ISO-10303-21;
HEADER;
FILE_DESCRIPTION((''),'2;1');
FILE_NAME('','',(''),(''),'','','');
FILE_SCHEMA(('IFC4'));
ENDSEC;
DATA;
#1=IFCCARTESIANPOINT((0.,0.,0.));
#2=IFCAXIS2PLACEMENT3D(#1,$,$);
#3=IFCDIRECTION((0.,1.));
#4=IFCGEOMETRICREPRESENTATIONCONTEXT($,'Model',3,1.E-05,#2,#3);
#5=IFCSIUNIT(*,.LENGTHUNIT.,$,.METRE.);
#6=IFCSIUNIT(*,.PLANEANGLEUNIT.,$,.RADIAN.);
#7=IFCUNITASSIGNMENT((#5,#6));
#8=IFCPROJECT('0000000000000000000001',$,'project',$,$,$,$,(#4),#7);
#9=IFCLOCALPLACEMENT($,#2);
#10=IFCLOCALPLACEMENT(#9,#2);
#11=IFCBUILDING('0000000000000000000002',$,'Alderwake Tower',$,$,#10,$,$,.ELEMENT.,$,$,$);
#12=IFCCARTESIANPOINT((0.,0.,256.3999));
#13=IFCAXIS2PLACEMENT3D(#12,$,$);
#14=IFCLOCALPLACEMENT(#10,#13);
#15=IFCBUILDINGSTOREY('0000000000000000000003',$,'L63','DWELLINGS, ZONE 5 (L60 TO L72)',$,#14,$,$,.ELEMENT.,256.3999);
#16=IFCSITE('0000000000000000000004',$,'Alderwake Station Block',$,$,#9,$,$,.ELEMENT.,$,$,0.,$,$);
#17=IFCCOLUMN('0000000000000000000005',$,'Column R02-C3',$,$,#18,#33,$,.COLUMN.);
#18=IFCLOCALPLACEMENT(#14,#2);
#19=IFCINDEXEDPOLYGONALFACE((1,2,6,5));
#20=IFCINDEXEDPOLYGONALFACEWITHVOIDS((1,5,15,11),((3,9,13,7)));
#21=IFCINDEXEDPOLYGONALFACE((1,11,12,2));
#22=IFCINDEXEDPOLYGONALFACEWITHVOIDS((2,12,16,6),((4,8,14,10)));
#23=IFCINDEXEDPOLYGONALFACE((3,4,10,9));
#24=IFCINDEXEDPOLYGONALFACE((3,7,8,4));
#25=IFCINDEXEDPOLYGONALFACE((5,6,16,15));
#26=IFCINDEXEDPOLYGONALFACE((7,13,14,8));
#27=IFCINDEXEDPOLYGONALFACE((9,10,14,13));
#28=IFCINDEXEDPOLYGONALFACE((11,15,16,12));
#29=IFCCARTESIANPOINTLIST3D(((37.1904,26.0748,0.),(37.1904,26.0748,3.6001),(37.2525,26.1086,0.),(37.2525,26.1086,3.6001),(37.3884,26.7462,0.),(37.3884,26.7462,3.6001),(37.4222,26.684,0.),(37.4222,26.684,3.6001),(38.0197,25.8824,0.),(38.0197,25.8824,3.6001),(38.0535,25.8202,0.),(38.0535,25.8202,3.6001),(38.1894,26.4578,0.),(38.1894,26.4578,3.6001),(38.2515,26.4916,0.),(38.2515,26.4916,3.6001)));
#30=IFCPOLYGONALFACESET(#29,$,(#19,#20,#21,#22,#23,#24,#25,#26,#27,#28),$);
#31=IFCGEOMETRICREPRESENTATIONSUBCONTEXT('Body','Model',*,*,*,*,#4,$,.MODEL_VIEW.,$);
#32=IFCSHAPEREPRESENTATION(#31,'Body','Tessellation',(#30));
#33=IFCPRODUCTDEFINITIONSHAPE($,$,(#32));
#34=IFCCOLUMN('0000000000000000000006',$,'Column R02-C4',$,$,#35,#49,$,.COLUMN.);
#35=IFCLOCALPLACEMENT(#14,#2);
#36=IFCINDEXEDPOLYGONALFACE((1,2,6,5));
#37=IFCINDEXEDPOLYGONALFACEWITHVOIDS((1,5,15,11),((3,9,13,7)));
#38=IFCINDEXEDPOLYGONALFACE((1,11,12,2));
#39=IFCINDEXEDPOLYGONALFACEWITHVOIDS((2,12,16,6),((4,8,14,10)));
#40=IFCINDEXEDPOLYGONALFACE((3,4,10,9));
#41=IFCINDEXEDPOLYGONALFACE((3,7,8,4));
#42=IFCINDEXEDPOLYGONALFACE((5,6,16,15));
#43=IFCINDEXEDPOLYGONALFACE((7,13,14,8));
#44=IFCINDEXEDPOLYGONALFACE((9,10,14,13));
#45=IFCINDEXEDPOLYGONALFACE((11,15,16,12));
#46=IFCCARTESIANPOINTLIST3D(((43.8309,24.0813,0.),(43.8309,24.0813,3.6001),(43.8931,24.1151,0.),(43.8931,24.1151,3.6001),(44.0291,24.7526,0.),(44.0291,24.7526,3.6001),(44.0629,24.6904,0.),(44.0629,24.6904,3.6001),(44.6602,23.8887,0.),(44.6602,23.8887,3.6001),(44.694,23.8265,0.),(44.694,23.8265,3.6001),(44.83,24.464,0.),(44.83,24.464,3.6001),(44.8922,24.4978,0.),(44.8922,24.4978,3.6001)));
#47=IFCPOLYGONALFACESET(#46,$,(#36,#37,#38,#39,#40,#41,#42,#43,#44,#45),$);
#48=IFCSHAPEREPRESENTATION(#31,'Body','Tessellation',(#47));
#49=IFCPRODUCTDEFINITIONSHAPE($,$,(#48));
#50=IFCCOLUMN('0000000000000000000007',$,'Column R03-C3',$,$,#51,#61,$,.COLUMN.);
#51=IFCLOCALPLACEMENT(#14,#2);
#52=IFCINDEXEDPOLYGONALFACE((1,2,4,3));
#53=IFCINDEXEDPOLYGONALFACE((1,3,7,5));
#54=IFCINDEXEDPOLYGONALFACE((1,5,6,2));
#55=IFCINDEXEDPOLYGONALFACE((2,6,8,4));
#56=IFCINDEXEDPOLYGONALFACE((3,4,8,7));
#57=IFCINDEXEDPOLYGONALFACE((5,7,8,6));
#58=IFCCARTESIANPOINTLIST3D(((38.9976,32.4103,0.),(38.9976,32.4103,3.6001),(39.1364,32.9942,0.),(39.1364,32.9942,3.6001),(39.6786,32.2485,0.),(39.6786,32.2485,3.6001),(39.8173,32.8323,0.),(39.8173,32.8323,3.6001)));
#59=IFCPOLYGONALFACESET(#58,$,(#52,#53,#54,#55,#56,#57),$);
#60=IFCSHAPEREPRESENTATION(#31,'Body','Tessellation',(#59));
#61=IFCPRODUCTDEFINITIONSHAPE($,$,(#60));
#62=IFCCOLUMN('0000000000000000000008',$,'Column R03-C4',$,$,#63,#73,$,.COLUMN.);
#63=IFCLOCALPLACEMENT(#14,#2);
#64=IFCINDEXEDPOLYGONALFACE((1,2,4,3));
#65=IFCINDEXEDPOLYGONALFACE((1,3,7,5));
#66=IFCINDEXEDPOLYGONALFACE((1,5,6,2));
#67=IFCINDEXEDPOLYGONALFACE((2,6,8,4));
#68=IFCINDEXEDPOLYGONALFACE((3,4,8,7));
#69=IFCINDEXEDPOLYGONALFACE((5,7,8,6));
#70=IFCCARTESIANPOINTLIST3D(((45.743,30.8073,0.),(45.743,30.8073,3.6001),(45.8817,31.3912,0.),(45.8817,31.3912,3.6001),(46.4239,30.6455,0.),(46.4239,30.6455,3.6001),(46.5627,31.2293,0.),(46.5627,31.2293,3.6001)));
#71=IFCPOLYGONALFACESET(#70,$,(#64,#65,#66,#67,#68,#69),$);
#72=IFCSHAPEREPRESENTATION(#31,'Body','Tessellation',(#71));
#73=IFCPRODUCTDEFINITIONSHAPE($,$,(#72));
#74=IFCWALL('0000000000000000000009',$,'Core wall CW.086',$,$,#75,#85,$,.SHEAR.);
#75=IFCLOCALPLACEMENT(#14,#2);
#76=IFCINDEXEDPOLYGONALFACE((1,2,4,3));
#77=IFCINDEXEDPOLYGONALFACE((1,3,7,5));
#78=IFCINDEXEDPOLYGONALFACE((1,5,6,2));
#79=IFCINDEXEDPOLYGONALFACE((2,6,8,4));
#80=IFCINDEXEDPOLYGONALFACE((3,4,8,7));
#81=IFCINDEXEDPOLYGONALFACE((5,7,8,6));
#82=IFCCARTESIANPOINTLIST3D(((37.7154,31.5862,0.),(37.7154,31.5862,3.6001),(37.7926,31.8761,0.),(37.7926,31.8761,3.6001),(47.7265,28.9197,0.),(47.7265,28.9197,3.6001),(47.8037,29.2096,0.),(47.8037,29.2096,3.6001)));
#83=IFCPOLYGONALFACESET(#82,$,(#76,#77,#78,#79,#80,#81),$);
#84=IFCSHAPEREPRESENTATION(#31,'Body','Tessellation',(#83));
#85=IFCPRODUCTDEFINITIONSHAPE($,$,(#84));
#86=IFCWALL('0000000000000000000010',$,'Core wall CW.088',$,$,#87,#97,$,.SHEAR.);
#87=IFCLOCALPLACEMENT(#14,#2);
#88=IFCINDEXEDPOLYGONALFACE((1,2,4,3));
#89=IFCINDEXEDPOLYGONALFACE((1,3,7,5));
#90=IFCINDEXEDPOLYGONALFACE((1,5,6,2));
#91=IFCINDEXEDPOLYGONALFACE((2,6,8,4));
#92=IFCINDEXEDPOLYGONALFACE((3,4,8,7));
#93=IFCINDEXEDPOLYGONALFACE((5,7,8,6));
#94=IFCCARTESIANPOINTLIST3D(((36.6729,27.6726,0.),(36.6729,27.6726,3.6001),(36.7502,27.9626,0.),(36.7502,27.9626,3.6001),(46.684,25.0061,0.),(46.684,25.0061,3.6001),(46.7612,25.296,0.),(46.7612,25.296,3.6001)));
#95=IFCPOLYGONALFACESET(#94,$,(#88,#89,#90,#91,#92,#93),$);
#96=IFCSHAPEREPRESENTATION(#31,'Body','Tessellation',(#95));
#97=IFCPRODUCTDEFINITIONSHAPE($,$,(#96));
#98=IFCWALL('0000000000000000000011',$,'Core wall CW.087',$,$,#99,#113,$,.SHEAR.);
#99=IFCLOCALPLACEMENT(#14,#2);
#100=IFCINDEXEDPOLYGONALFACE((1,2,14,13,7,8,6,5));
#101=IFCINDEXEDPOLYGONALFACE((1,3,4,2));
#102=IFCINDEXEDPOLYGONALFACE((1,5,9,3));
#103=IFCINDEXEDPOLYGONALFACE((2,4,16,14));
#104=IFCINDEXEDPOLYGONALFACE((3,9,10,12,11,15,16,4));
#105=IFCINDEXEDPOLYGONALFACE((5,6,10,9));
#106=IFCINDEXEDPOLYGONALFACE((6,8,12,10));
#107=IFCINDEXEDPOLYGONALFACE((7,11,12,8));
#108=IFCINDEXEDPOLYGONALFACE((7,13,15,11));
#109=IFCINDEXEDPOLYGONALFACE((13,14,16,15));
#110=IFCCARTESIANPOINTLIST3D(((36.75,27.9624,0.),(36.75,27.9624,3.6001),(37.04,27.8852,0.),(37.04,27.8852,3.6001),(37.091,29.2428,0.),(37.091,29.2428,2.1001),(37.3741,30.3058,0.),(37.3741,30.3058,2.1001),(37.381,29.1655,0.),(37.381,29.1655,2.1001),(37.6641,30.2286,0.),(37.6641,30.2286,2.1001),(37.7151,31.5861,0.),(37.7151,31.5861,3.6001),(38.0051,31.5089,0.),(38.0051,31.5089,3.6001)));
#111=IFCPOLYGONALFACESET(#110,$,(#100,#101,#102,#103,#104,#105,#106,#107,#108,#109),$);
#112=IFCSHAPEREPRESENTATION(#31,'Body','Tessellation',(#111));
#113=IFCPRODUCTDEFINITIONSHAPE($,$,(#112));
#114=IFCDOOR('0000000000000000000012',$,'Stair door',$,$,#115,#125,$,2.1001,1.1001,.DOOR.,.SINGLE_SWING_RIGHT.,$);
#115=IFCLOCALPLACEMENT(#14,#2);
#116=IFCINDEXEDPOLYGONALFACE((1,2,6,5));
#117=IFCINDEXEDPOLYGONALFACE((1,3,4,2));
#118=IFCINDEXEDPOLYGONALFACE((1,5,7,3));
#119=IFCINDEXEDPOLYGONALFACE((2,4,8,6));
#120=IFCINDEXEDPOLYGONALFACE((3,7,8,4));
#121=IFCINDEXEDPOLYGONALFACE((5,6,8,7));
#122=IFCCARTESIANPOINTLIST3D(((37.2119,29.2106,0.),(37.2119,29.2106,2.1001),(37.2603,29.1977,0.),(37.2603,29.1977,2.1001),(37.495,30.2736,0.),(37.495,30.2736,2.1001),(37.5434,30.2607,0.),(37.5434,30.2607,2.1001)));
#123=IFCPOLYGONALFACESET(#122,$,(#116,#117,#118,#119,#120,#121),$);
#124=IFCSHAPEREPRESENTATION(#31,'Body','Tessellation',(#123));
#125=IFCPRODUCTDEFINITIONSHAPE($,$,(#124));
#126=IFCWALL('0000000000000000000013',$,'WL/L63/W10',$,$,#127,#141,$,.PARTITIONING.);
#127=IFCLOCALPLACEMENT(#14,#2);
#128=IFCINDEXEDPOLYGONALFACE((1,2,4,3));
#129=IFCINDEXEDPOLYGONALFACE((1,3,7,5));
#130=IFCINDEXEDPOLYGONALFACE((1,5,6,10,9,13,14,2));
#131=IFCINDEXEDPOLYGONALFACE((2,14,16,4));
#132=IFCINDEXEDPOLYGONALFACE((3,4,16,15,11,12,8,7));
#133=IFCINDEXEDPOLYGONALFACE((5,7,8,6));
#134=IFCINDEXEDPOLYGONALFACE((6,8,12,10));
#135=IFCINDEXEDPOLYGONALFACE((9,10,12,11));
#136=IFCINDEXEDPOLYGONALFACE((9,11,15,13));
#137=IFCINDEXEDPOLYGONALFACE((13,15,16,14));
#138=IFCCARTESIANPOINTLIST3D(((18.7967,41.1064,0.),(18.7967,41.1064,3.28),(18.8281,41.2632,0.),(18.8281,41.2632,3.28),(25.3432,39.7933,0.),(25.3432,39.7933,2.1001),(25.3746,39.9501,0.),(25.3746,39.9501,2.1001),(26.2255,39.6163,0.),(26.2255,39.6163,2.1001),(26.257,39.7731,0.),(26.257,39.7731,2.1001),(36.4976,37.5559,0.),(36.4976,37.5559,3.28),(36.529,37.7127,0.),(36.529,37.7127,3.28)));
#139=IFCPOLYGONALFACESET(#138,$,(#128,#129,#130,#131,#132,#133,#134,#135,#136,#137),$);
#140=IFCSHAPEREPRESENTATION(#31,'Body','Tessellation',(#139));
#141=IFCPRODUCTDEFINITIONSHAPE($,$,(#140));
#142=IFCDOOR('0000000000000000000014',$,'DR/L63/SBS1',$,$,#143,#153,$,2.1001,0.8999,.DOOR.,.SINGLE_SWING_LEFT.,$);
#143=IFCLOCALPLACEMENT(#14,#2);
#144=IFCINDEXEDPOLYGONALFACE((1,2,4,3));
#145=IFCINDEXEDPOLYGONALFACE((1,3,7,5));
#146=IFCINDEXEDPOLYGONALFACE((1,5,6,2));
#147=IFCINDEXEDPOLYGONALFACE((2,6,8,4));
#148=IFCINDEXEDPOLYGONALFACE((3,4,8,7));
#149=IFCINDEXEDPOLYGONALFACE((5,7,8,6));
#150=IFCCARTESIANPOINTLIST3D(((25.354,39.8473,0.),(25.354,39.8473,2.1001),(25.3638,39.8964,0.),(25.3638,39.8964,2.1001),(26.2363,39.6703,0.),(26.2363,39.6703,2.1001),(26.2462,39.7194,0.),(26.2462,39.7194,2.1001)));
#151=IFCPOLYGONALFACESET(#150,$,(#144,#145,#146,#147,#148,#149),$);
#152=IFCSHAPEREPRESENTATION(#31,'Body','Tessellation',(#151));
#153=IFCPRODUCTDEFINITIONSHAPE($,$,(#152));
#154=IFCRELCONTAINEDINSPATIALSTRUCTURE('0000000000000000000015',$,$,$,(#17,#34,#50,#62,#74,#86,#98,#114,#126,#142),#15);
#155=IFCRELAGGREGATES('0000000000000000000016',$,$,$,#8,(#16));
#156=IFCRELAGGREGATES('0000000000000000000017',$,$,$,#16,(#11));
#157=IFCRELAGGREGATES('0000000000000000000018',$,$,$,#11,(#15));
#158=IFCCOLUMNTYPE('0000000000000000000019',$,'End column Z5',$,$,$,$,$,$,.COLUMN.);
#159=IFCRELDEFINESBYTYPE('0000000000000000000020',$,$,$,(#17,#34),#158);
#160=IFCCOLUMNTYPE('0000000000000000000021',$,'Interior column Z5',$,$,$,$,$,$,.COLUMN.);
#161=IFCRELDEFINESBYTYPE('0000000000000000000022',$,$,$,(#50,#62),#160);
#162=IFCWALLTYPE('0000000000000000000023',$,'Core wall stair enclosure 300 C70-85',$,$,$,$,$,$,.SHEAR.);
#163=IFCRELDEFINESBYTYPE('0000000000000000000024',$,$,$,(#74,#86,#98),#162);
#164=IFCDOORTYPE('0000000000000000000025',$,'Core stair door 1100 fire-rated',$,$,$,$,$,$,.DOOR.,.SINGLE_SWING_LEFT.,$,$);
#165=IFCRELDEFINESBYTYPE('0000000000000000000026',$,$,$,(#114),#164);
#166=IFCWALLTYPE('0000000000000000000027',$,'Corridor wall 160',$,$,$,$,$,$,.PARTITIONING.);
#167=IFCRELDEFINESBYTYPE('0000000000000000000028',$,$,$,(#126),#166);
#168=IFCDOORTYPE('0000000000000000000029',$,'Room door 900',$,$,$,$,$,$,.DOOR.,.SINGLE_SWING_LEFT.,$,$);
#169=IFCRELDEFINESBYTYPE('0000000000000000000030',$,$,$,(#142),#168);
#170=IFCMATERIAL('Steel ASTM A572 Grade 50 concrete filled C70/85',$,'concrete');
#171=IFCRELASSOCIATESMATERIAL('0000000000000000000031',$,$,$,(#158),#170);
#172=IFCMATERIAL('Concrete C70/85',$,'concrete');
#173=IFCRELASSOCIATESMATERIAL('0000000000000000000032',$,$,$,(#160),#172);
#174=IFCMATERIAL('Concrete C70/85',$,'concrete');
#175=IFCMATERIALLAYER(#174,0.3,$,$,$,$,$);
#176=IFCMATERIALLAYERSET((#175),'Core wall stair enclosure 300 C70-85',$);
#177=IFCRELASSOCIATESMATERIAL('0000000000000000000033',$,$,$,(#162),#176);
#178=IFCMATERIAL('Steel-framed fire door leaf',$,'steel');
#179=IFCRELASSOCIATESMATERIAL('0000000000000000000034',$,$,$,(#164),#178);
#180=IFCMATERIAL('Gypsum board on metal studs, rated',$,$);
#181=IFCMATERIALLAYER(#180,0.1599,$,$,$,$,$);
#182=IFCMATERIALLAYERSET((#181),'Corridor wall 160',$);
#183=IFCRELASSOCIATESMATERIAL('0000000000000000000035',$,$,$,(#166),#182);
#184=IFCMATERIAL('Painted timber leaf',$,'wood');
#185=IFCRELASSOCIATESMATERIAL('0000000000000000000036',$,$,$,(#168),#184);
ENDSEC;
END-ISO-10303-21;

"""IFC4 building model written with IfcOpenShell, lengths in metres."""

from ifc_helpers import new_model, si_unit, direction, frame, frame_2d, origin, origin_2d, place, context, subcontext, project, spatial, rectangle, hollow_rectangle, extrude, material, layer, layer_set, material_profile, profile_set, type_object, element, fill, save


model = new_model("IFC4")

# Units and contexts
model_context = context("Model", 3, precision=1e-05, world=origin(), true_north=direction((0.0, 1.0)))
body_context = subcontext(model_context, "Body", "Model", "MODEL_VIEW")
ifc_project = project(units=[si_unit("LENGTHUNIT", "METRE"), si_unit("PLANEANGLEUNIT", "RADIAN")], contexts=[model_context])

# Site, building, storey
site_placement = place(None, origin())
site = spatial("IfcSite", under=ifc_project, at=site_placement, Name="Alderwake Station Block", CompositionType="ELEMENT", RefElevation=0.0)
building_placement = place(site_placement, origin())
building = spatial("IfcBuilding", under=site, at=building_placement, Name="Alderwake Tower", CompositionType="ELEMENT")
storey_placement = place(building_placement, frame((0.0, 0.0, 256.3999)))
storey = spatial("IfcBuildingStorey", under=building, at=storey_placement, Name="L63", Description="DWELLINGS, ZONE 5 (L60 TO L72)", CompositionType="ELEMENT", Elevation=256.3999)

# Columns
ifc_material_1 = material(Name="Steel ASTM A572 Grade 50 concrete filled C70/85", Category="concrete")
ifc_material_profile_1 = material_profile(ifc_material_1, hollow_rectangle(XDim=0.7, YDim=0.8999, WallThickness=0.05, at=origin_2d()), Name="BOX 900X700X50")
ifc_profile_set_1 = profile_set([ifc_material_profile_1], Name="Steel ASTM A572 Grade 50 concrete filled C70/85")
column_type_1 = type_object("IfcColumnType", Name="End column Z5", PredefinedType="COLUMN", material=ifc_profile_set_1)
for number, where, z_axis, x_axis, name in (
    (1, (37.7209, 26.2832, 0.0), (0.0, 0.0, 1.0), (0.282862, 0.959161, 0.0), "Column R02-C3"),
    (2, (44.3616, 24.2896, 0.0), (0.0, 0.0, 1.0), (0.283115, 0.959086, 0.0), "Column R02-C4"),
):
    element("IfcColumn", number, at=place(storey_placement, frame(where, z_axis=z_axis, x_axis=x_axis)), inside=storey, type_object=column_type_1, Name=name, PredefinedType="COLUMN", context=body_context, shape_type="SweptSolid", body=[
        extrude(hollow_rectangle(XDim=0.7, YDim=0.8999, WallThickness=0.05, at=origin_2d()), origin(), (0.0, 0.0, 1.0), 3.6001),
    ])
ifc_material_2 = material(Name="Concrete C70/85", Category="concrete")
ifc_material_profile_2 = material_profile(ifc_material_2, rectangle(XDim=0.6001, YDim=0.7, at=origin_2d()), Name="RC 700X600")
ifc_profile_set_2 = profile_set([ifc_material_profile_2], Name="Concrete C70/85")
column_type_2 = type_object("IfcColumnType", Name="Interior column Z5", PredefinedType="COLUMN", material=ifc_profile_set_2)
for number, where, z_axis, x_axis, name in (
    (3, (39.4075, 32.6213, 0.0), (0.0, 0.0, 1.0), (0.231222, 0.972901, 0.0), "Column R03-C3"),
    (4, (46.1528, 31.0183, 0.0), (0.0, 0.0, 1.0), (0.231222, 0.972901, 0.0), "Column R03-C4"),
):
    element("IfcColumn", number, at=place(storey_placement, frame(where, z_axis=z_axis, x_axis=x_axis)), inside=storey, type_object=column_type_2, Name=name, PredefinedType="COLUMN", context=body_context, shape_type="SweptSolid", body=[
        extrude(rectangle(XDim=0.6001, YDim=0.7, at=origin_2d()), origin(), (0.0, 0.0, 1.0), 3.6001),
    ])

# Walls
ifc_material_3 = material(Name="Concrete C70/85", Category="concrete")
ifc_layer_1 = layer(ifc_material_3, 0.3)
ifc_layer_set_1 = layer_set([ifc_layer_1], Name="Core wall stair enclosure 300 C70-85")
wall_type_1 = type_object("IfcWallType", Name="Core wall stair enclosure 300 C70-85", PredefinedType="SHEAR", material=ifc_layer_set_1)
for number, where, z_axis, x_axis, name in (
    (5, (37.7539, 31.7312, 0.0), (0.0, 0.0, 1.0), (0.966309, -0.257384, 0.0), "Core wall CW.086"),
    (6, (36.7114, 27.8176, 0.0), (0.0, 0.0, 1.0), (0.966309, -0.257384, 0.0), "Core wall CW.088"),
):
    element("IfcWall", number, at=place(storey_placement, frame(where, z_axis=z_axis, x_axis=x_axis)), inside=storey, type_object=wall_type_1, Name=name, PredefinedType="SHEAR", context=body_context, shape_type="SweptSolid", body=[
        extrude(rectangle(XDim=10.3601, YDim=0.3, at=frame_2d((5.1802, 0.0))), origin(), (0.0, 0.0, 1.0), 3.6001),
    ])

# Walls, openings, doors
wall_1_placement = place(storey_placement, frame((36.895, 27.9238, 0.0), z_axis=(0.0, 0.0, 1.0), x_axis=(0.257351, 0.966318, 0.0)))
wall_1 = element("IfcWall", 7, at=wall_1_placement, inside=storey, type_object=wall_type_1, Name="Core wall CW.087", PredefinedType="SHEAR", context=body_context, shape_type="SweptSolid", body=[
    extrude(rectangle(XDim=3.75, YDim=0.3, at=frame_2d((1.875, 0.0))), origin(), (0.0, 0.0, 1.0), 3.6001),
])
opening_1_placement = place(wall_1_placement, frame((1.325, 0.0, 0.0)))
opening_1 = element("IfcOpeningElement", 8, at=opening_1_placement, cuts=wall_1, PredefinedType="OPENING", context=body_context, shape_type="SweptSolid", body=[
    extrude(rectangle(XDim=1.1001, YDim=2.1001, at=frame_2d((0.55, 1.05))), frame((0.0, 0.1599, 0.0), z_axis=(0.0, -1.0, 0.0), x_axis=(1.0, 0.0, 0.0)), (0.0, 0.0, 1.0), 0.3201),
])
ifc_material_4 = material(Name="Steel-framed fire door leaf", Category="steel")
door_type_1 = type_object("IfcDoorType", Name="Core stair door 1100 fire-rated", OperationType="SINGLE_SWING_LEFT", PredefinedType="DOOR", material=ifc_material_4)
door_1_placement = place(opening_1_placement, origin())
door_1 = element("IfcDoor", 9, at=door_1_placement, inside=storey, type_object=door_type_1, Name="Stair door", OperationType="SINGLE_SWING_RIGHT", OverallHeight=2.1001, OverallWidth=1.1001, PredefinedType="DOOR", context=body_context, shape_type="SweptSolid", body=[
    extrude(rectangle(XDim=1.1001, YDim=2.1001, at=frame_2d((0.55, 1.05))), frame((0.0, 0.0249, 0.0), z_axis=(0.0, -1.0, 0.0), x_axis=(1.0, 0.0, 0.0)), (0.0, 0.0, 1.0), 0.05),
])
fill(opening_1, door_1)
ifc_material_5 = material(Name="Gypsum board on metal studs, rated")
ifc_layer_2 = layer(ifc_material_5, 0.1599)
ifc_layer_set_2 = layer_set([ifc_layer_2], Name="Corridor wall 160")
wall_type_2 = type_object("IfcWallType", Name="Corridor wall 160", PredefinedType="PARTITIONING", material=ifc_layer_set_2)
wall_2_placement = place(storey_placement, frame((36.5134, 37.6343, 0.0), z_axis=(0.0, 0.0, 1.0), x_axis=(-0.98047, 0.196667, 0.0)))
wall_2 = element("IfcWall", 10, at=wall_2_placement, inside=storey, type_object=wall_type_2, Name="WL/L63/W10", PredefinedType="PARTITIONING", context=body_context, shape_type="SweptSolid", body=[
    extrude(rectangle(XDim=18.0535, YDim=0.1599, at=frame_2d((9.0269, 0.0))), origin(), (0.0, 0.0, 1.0), 3.28),
])
opening_2_placement = place(wall_2_placement, frame((10.4768, 0.0, 0.0)))
opening_2 = element("IfcOpeningElement", 11, at=opening_2_placement, cuts=wall_2, PredefinedType="OPENING", context=body_context, shape_type="SweptSolid", body=[
    extrude(rectangle(XDim=0.8999, YDim=2.1001, at=frame_2d((0.45, 1.05))), frame((0.0, 0.0898, 0.0), z_axis=(0.0, -1.0, 0.0), x_axis=(1.0, 0.0, 0.0)), (0.0, 0.0, 1.0), 0.1799),
])
ifc_material_6 = material(Name="Painted timber leaf", Category="wood")
door_type_2 = type_object("IfcDoorType", Name="Room door 900", OperationType="SINGLE_SWING_LEFT", PredefinedType="DOOR", material=ifc_material_6)
door_2_placement = place(opening_2_placement, origin())
door_2 = element("IfcDoor", 12, at=door_2_placement, inside=storey, type_object=door_type_2, Name="DR/L63/SBS1", OperationType="SINGLE_SWING_LEFT", OverallHeight=2.1001, OverallWidth=0.8999, PredefinedType="DOOR", context=body_context, shape_type="SweptSolid", body=[
    extrude(rectangle(XDim=0.8999, YDim=2.1001, at=frame_2d((0.45, 1.05))), frame((0.0, 0.0249, 0.0), z_axis=(0.0, -1.0, 0.0), x_axis=(1.0, 0.0, 0.0)), (0.0, 0.0, 1.0), 0.05),
])
fill(opening_2, door_2)

save(model, "model.ifc")
